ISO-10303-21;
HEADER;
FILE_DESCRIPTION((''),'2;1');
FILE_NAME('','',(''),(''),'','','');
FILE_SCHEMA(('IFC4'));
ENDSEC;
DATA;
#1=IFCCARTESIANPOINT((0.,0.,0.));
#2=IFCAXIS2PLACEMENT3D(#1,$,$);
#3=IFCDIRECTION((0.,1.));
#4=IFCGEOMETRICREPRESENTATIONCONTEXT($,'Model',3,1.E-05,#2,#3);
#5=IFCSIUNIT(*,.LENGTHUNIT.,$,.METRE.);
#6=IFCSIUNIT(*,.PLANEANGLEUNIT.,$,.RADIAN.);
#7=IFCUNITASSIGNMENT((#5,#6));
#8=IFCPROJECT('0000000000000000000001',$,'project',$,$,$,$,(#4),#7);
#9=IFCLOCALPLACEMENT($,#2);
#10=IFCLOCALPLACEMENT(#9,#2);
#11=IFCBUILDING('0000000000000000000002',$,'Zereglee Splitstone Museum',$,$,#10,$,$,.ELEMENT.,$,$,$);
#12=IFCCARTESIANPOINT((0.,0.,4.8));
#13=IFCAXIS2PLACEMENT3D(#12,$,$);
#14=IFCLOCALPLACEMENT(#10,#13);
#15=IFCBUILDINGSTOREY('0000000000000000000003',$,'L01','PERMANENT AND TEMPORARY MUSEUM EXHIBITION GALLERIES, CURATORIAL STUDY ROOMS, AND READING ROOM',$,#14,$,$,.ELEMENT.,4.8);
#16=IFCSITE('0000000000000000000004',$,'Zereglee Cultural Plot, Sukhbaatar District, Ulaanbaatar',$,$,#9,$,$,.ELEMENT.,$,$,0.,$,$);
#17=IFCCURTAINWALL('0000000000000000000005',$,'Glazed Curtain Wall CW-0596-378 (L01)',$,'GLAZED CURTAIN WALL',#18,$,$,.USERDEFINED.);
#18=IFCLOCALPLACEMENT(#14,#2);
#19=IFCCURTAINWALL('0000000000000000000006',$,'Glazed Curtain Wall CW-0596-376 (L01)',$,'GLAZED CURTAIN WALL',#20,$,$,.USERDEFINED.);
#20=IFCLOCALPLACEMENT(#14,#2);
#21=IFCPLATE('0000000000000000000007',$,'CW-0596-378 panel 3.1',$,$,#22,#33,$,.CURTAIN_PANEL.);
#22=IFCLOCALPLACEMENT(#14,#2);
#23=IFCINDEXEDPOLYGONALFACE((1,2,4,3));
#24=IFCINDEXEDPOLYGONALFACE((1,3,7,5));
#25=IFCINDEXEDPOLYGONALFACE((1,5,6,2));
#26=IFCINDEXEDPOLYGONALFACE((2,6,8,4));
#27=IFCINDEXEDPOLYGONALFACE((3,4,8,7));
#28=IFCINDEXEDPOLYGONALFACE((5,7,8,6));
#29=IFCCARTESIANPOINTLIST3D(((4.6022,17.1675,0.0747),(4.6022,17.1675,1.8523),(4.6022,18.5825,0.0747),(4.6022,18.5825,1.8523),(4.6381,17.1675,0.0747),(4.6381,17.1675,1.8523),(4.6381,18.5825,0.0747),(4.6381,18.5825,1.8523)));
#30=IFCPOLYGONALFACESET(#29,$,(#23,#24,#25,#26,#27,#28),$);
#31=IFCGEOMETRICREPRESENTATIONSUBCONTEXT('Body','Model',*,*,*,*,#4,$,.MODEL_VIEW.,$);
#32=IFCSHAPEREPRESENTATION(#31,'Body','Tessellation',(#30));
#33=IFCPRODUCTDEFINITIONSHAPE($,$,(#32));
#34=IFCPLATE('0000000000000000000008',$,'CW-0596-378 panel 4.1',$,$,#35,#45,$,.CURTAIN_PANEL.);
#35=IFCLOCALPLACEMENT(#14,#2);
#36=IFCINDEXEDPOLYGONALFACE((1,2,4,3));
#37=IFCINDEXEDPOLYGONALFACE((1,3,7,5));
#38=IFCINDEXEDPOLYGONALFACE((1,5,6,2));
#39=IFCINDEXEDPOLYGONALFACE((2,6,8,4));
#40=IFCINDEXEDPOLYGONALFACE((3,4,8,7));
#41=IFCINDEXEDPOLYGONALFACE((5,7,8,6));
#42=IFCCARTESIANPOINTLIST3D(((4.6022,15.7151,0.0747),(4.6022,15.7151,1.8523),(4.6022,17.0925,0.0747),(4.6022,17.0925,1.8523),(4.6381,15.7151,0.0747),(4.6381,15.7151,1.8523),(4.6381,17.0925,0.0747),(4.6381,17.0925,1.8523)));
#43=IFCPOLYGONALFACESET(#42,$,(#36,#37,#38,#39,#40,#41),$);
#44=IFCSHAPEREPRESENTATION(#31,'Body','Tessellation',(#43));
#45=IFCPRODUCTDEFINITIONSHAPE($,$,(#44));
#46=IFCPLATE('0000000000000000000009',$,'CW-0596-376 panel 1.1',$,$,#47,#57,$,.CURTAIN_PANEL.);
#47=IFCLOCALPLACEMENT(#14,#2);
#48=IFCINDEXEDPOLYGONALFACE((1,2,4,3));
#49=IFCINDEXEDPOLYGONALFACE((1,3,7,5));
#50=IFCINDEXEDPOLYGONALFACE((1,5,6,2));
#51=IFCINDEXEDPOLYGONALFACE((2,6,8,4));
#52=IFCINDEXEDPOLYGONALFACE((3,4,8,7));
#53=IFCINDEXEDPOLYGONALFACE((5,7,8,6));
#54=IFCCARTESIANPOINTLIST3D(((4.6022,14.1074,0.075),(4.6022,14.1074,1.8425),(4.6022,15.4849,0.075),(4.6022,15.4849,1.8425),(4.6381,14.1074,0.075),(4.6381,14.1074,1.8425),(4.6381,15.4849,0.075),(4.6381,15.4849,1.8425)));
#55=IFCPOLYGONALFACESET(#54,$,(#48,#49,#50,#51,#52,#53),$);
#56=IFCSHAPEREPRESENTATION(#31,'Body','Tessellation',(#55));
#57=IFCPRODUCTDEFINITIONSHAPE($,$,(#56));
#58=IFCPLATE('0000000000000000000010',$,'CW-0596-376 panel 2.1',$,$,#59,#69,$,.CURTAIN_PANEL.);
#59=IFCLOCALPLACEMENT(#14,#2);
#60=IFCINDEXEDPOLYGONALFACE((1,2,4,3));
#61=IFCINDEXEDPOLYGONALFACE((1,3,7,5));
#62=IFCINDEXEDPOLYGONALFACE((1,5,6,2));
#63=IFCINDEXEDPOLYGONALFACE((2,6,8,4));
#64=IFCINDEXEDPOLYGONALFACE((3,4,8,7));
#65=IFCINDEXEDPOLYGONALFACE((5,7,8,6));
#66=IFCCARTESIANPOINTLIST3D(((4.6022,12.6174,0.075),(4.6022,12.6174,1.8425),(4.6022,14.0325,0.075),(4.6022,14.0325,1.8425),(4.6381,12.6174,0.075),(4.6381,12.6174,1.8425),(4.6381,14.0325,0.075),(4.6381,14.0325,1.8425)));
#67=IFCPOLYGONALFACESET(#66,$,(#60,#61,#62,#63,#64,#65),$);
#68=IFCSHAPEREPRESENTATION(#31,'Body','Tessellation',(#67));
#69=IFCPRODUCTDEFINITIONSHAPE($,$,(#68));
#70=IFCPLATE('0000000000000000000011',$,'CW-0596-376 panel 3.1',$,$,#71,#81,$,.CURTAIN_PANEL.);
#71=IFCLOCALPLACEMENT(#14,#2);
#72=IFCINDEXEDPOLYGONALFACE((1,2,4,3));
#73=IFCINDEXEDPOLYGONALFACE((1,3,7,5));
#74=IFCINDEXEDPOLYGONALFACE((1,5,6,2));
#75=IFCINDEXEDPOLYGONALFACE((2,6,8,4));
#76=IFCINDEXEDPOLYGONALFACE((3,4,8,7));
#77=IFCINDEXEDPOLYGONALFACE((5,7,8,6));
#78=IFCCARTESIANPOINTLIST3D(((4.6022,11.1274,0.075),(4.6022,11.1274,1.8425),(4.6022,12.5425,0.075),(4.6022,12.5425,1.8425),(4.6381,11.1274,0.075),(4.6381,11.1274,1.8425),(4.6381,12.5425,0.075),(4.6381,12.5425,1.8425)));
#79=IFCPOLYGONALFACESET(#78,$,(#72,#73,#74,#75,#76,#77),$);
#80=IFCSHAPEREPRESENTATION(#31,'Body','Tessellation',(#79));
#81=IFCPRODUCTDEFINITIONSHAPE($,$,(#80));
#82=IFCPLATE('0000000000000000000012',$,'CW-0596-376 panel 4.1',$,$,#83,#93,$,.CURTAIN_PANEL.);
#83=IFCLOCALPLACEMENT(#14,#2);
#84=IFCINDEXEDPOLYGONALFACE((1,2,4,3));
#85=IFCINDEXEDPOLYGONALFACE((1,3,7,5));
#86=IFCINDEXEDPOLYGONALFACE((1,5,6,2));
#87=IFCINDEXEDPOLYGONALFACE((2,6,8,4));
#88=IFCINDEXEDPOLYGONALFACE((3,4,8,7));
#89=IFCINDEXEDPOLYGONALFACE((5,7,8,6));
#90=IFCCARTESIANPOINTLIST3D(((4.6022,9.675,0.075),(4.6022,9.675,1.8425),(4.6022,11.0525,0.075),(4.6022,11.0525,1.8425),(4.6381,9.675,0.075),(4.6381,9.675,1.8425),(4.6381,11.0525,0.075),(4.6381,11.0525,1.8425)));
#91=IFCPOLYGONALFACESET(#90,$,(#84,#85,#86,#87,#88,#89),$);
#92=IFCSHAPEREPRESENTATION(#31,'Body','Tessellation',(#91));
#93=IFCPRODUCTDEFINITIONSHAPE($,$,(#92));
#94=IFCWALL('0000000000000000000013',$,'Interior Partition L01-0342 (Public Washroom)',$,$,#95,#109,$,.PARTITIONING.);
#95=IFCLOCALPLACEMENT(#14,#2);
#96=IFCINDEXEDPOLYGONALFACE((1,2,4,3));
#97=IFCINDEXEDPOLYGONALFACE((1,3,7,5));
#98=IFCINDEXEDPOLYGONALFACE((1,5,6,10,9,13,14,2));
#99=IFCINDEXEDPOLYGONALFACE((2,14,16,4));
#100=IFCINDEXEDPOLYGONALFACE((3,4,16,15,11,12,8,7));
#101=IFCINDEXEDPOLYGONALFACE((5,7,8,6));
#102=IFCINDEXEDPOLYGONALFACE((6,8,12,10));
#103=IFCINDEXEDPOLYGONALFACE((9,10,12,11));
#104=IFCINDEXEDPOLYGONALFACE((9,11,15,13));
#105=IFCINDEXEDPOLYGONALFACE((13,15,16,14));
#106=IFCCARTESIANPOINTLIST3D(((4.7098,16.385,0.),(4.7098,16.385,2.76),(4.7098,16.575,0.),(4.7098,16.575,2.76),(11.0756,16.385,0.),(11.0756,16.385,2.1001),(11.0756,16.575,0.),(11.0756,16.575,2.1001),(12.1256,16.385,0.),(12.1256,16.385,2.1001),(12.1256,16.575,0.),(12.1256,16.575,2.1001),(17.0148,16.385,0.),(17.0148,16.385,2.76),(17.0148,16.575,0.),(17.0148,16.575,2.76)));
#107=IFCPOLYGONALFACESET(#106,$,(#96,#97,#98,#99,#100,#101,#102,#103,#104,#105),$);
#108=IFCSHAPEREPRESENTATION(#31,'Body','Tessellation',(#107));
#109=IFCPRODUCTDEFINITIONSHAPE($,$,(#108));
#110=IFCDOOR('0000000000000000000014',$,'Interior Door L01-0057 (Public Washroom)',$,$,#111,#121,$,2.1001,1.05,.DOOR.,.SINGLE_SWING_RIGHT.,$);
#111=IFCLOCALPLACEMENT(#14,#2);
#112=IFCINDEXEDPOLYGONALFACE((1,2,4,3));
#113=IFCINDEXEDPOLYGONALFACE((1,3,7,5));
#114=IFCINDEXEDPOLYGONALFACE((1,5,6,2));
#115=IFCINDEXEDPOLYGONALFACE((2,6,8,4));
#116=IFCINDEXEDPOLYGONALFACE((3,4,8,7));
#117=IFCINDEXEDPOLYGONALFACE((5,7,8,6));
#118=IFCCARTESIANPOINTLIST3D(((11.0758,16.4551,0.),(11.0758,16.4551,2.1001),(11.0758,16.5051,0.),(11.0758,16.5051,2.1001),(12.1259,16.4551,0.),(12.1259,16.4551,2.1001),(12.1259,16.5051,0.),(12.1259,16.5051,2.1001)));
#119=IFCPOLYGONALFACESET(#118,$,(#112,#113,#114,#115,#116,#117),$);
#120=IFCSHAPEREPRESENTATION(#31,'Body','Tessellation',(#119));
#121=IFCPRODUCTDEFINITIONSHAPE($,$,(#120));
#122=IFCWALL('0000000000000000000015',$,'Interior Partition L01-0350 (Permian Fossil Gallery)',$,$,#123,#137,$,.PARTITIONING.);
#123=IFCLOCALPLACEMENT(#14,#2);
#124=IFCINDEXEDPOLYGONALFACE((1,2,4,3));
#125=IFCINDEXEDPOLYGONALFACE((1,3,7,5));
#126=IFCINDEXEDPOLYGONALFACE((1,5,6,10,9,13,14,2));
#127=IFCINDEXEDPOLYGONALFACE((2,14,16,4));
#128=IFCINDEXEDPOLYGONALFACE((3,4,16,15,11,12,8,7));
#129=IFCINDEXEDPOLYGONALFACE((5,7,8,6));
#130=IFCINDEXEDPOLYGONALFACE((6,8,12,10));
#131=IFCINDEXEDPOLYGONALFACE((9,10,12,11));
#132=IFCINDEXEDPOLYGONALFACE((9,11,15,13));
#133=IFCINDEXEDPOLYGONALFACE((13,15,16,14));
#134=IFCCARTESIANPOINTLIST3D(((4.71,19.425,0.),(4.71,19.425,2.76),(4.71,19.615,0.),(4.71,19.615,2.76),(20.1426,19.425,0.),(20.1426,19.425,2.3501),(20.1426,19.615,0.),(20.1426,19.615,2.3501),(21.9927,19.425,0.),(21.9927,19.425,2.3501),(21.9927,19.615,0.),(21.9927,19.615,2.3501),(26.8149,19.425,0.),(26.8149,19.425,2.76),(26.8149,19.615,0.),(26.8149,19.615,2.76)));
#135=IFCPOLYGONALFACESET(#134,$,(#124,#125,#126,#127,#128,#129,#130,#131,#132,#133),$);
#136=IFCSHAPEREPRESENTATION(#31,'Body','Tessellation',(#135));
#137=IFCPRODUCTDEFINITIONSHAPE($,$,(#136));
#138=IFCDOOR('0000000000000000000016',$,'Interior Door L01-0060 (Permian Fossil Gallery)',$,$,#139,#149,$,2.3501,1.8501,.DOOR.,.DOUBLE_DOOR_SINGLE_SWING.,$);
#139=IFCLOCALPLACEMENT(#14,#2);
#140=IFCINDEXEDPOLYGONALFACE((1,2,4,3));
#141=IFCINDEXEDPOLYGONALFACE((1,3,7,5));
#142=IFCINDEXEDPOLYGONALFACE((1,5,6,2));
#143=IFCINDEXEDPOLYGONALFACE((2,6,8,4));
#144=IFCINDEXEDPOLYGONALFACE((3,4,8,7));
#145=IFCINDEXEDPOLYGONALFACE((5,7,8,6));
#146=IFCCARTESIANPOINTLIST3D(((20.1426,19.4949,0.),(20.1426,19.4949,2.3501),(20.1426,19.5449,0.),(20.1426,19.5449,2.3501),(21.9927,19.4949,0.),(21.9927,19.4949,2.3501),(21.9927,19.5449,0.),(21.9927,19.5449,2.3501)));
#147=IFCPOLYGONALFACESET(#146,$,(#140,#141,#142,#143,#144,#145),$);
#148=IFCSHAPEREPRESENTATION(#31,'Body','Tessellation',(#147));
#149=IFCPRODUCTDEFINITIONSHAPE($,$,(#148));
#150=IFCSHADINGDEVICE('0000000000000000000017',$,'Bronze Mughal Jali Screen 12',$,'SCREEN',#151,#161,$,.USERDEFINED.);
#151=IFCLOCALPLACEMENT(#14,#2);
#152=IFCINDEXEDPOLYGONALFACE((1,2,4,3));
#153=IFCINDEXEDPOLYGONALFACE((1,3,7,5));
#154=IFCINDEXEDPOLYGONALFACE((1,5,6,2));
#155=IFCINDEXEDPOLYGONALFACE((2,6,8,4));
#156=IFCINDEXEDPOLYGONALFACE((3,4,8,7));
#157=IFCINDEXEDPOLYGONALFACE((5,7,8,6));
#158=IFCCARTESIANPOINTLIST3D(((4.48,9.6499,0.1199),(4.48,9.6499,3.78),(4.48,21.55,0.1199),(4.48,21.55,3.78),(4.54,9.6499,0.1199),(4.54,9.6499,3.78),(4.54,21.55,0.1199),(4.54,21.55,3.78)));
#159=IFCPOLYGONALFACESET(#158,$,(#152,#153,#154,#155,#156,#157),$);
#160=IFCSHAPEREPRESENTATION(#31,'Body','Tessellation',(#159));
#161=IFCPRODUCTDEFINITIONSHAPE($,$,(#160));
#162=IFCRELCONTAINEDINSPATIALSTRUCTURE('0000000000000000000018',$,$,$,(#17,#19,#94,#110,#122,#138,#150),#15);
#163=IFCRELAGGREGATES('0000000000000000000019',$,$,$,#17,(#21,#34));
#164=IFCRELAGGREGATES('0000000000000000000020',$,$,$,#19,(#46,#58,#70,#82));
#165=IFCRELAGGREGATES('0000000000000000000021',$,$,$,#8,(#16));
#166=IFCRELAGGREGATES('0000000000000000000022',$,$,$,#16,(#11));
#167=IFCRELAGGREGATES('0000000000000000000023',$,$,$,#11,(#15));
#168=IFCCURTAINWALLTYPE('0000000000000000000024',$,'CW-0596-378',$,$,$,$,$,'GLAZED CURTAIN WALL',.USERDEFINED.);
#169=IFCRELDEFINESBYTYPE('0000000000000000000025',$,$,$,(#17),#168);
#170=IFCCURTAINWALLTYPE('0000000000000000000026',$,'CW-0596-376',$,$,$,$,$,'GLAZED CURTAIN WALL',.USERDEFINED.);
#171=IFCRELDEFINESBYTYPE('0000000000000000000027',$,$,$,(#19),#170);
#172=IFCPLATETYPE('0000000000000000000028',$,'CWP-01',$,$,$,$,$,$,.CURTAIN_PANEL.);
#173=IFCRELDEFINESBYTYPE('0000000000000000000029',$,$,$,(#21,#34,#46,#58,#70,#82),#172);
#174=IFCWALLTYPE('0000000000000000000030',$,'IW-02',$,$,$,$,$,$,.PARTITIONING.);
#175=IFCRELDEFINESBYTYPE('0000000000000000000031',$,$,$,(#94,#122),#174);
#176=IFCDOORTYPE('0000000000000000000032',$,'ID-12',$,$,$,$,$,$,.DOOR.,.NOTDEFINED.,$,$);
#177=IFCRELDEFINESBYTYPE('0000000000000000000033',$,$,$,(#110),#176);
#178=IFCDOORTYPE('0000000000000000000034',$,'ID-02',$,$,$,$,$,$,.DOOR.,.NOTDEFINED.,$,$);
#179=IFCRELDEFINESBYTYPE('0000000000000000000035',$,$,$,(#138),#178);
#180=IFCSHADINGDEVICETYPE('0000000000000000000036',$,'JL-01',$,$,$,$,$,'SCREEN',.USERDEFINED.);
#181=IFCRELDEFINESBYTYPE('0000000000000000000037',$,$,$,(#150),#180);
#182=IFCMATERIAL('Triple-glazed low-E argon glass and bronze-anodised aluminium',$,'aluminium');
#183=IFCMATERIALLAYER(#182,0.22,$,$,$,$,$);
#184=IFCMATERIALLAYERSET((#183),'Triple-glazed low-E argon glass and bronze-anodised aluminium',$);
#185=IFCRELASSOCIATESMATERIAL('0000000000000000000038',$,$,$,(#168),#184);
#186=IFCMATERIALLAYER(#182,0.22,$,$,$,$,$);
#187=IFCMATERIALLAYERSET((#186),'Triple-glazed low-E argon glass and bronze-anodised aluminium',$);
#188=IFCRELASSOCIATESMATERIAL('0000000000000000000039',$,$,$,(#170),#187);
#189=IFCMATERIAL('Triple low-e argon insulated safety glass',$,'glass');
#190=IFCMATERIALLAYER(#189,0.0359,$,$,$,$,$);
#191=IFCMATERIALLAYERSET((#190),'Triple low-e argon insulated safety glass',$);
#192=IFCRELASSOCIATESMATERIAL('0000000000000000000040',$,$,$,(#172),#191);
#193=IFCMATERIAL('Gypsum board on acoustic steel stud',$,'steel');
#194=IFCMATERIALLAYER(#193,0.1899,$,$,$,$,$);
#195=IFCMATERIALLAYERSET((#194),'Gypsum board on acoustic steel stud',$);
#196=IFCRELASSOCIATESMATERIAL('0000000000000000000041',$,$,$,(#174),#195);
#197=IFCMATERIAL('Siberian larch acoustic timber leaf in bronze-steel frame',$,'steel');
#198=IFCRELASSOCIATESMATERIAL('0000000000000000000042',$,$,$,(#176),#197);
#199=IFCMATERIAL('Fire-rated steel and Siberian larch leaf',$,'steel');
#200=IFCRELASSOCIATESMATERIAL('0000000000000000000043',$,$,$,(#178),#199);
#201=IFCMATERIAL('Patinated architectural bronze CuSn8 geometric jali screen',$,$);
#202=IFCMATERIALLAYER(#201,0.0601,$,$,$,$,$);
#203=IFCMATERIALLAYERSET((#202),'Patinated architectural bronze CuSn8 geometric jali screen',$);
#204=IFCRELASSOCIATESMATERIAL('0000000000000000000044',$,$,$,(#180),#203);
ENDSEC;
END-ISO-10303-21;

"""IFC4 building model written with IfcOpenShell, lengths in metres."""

from ifc_helpers import new_model, si_unit, direction, frame, frame_2d, origin, origin_2d, place, context, subcontext, project, spatial, polyline, rectangle, outline, extrude, material, layer, layer_set, type_object, element, fill, aggregate, save


model = new_model("IFC4")

# Units and contexts
model_context = context("Model", 3, precision=1e-05, world=origin(), true_north=direction((0.0, 1.0)))
body_context = subcontext(model_context, "Body", "Model", "MODEL_VIEW")
ifc_project = project(units=[si_unit("LENGTHUNIT", "METRE"), si_unit("PLANEANGLEUNIT", "RADIAN")], contexts=[model_context])

# Site, building, storey
site_placement = place(None, origin())
site = spatial("IfcSite", under=ifc_project, at=site_placement, Name="Zereglee Cultural Plot, Sukhbaatar District, Ulaanbaatar", CompositionType="ELEMENT", RefElevation=0.0)
building_placement = place(site_placement, origin())
building = spatial("IfcBuilding", under=site, at=building_placement, Name="Zereglee Splitstone Museum", CompositionType="ELEMENT")
storey_placement = place(building_placement, frame((0.0, 0.0, 4.8)))
storey = spatial("IfcBuildingStorey", under=building, at=storey_placement, Name="L01", Description="PERMANENT AND TEMPORARY MUSEUM EXHIBITION GALLERIES, CURATORIAL STUDY ROOMS, AND READING ROOM", CompositionType="ELEMENT", Elevation=4.8)

# Curtain walls
ifc_material_1 = material(Name="Triple-glazed low-E argon glass and bronze-anodised aluminium", Category="aluminium")
ifc_layer_1 = layer(ifc_material_1, 0.22)
ifc_layer_set_1 = layer_set([ifc_layer_1], Name="Triple-glazed low-E argon glass and bronze-anodised aluminium")
curtain_wall_type_1 = type_object("IfcCurtainWallType", Name="CW-0596-378", ElementType="GLAZED CURTAIN WALL", PredefinedType="USERDEFINED", material=ifc_layer_set_1)
curtain_wall_1_placement = place(storey_placement, origin())
curtain_wall_1 = element("IfcCurtainWall", 1, at=curtain_wall_1_placement, inside=storey, type_object=curtain_wall_type_1, Name="Glazed Curtain Wall CW-0596-378 (L01)", ObjectType="GLAZED CURTAIN WALL", PredefinedType="USERDEFINED")
ifc_layer_2 = layer(ifc_material_1, 0.22)
ifc_layer_set_2 = layer_set([ifc_layer_2], Name="Triple-glazed low-E argon glass and bronze-anodised aluminium")
curtain_wall_type_2 = type_object("IfcCurtainWallType", Name="CW-0596-376", ElementType="GLAZED CURTAIN WALL", PredefinedType="USERDEFINED", material=ifc_layer_set_2)
curtain_wall_2_placement = place(storey_placement, origin())
curtain_wall_2 = element("IfcCurtainWall", 2, at=curtain_wall_2_placement, inside=storey, type_object=curtain_wall_type_2, Name="Glazed Curtain Wall CW-0596-376 (L01)", ObjectType="GLAZED CURTAIN WALL", PredefinedType="USERDEFINED")

# Plates
ifc_material_2 = material(Name="Triple low-e argon insulated safety glass", Category="glass")
ifc_layer_3 = layer(ifc_material_2, 0.0359)
ifc_layer_set_3 = layer_set([ifc_layer_3], Name="Triple low-e argon insulated safety glass")
plate_type = type_object("IfcPlateType", Name="CWP-01", PredefinedType="CURTAIN_PANEL", material=ifc_layer_set_3)
plate_1_placement = place(storey_placement, frame((4.6201, 17.875, 0.0747), z_axis=(0.0, 0.0, 1.0), x_axis=(0.0, -1.0, 0.0)))
plate_1 = element("IfcPlate", 3, at=plate_1_placement, type_object=plate_type, Name="CW-0596-378 panel 3.1", PredefinedType="CURTAIN_PANEL", context=body_context, shape_type="SweptSolid", body=[
    extrude(rectangle(XDim=1.415, YDim=0.0359, at=origin_2d()), origin(), (0.0, 0.0, 1.0), 1.7776),
])
plate_2_placement = place(storey_placement, frame((4.6201, 16.4038, 0.0747), z_axis=(0.0, 0.0, 1.0), x_axis=(0.0, -1.0, 0.0)))
plate_2 = element("IfcPlate", 4, at=plate_2_placement, type_object=plate_type, Name="CW-0596-378 panel 4.1", PredefinedType="CURTAIN_PANEL", context=body_context, shape_type="SweptSolid", body=[
    extrude(rectangle(XDim=1.3774, YDim=0.0359, at=origin_2d()), origin(), (0.0, 0.0, 1.0), 1.7776),
])
aggregate(curtain_wall_1, [plate_1, plate_2])
plate_3_placement = place(storey_placement, frame((4.6201, 14.7961, 0.075), z_axis=(0.0, 0.0, 1.0), x_axis=(0.0, -1.0, 0.0)))
plate_3 = element("IfcPlate", 5, at=plate_3_placement, type_object=plate_type, Name="CW-0596-376 panel 1.1", PredefinedType="CURTAIN_PANEL", context=body_context, shape_type="SweptSolid", body=[
    extrude(rectangle(XDim=1.3774, YDim=0.0359, at=origin_2d()), origin(), (0.0, 0.0, 1.0), 1.7676),
])
plate_4_placement = place(storey_placement, frame((4.6201, 13.325, 0.075), z_axis=(0.0, 0.0, 1.0), x_axis=(0.0, -1.0, 0.0)))
plate_4 = element("IfcPlate", 6, at=plate_4_placement, type_object=plate_type, Name="CW-0596-376 panel 2.1", PredefinedType="CURTAIN_PANEL", context=body_context, shape_type="SweptSolid", body=[
    extrude(rectangle(XDim=1.415, YDim=0.0359, at=origin_2d()), origin(), (0.0, 0.0, 1.0), 1.7676),
])
plate_5_placement = place(storey_placement, frame((4.6201, 11.835, 0.075), z_axis=(0.0, 0.0, 1.0), x_axis=(0.0, -1.0, 0.0)))
plate_5 = element("IfcPlate", 7, at=plate_5_placement, type_object=plate_type, Name="CW-0596-376 panel 3.1", PredefinedType="CURTAIN_PANEL", context=body_context, shape_type="SweptSolid", body=[
    extrude(rectangle(XDim=1.415, YDim=0.0359, at=origin_2d()), origin(), (0.0, 0.0, 1.0), 1.7676),
])
plate_6_placement = place(storey_placement, frame((4.6201, 10.3638, 0.075), z_axis=(0.0, 0.0, 1.0), x_axis=(0.0, -1.0, 0.0)))
plate_6 = element("IfcPlate", 8, at=plate_6_placement, type_object=plate_type, Name="CW-0596-376 panel 4.1", PredefinedType="CURTAIN_PANEL", context=body_context, shape_type="SweptSolid", body=[
    extrude(rectangle(XDim=1.3774, YDim=0.0359, at=origin_2d()), origin(), (0.0, 0.0, 1.0), 1.7676),
])
aggregate(curtain_wall_2, [plate_3, plate_4, plate_5, plate_6])

# Walls, openings, doors
ifc_material_3 = material(Name="Gypsum board on acoustic steel stud", Category="steel")
ifc_layer_4 = layer(ifc_material_3, 0.1899)
ifc_layer_set_4 = layer_set([ifc_layer_4], Name="Gypsum board on acoustic steel stud")
wall_type = type_object("IfcWallType", Name="IW-02", PredefinedType="PARTITIONING", material=ifc_layer_set_4)
wall_1_placement = place(storey_placement, frame((4.71, 16.48, 0.0), z_axis=(0.0, 0.0, 1.0), x_axis=(1.0, 0.0, 0.0)))
wall_1 = element("IfcWall", 9, at=wall_1_placement, inside=storey, type_object=wall_type, Name="Interior Partition L01-0342 (Public Washroom)", PredefinedType="PARTITIONING", context=body_context, shape_type="SweptSolid", body=[
    extrude(rectangle(XDim=12.3049, YDim=0.1899, at=frame_2d((6.1523, 0.0))), origin(), (0.0, 0.0, 1.0), 2.76),
])
opening_1_placement = place(wall_1_placement, frame((6.3657, 0.0, 0.0)))
opening_1 = element("IfcOpeningElement", 10, at=opening_1_placement, cuts=wall_1, PredefinedType="OPENING", context=body_context, shape_type="SweptSolid", body=[
    extrude(rectangle(XDim=1.05, YDim=2.1001, at=frame_2d((0.5249, 1.05))), frame((0.0, 0.1099, 0.0), z_axis=(0.0, -1.0, 0.0), x_axis=(1.0, 0.0, 0.0)), (0.0, 0.0, 1.0), 0.2197),
])
ifc_material_4 = material(Name="Siberian larch acoustic timber leaf in bronze-steel frame", Category="steel")
door_type_1 = type_object("IfcDoorType", Name="ID-12", OperationType="NOTDEFINED", PredefinedType="DOOR", material=ifc_material_4)
door_1_placement = place(opening_1_placement, frame((1.05, 0.0, 0.0), z_axis=(0.0, 0.0, 1.0), x_axis=(-1.0, 0.0, 0.0)))
door_1 = element("IfcDoor", 11, at=door_1_placement, inside=storey, type_object=door_type_1, Name="Interior Door L01-0057 (Public Washroom)", OperationType="SINGLE_SWING_RIGHT", OverallHeight=2.1001, OverallWidth=1.05, PredefinedType="DOOR", context=body_context, shape_type="SweptSolid", body=[
    extrude(rectangle(XDim=1.05, YDim=2.1001, at=frame_2d((0.5249, 1.05))), frame((0.0, 0.0249, 0.0), z_axis=(0.0, -1.0, 0.0), x_axis=(1.0, 0.0, 0.0)), (0.0, 0.0, 1.0), 0.05),
])
fill(opening_1, door_1)
wall_2_placement = place(storey_placement, frame((4.71, 19.52, 0.0), z_axis=(0.0, 0.0, 1.0), x_axis=(1.0, 0.0, 0.0)))
wall_2 = element("IfcWall", 12, at=wall_2_placement, inside=storey, type_object=wall_type, Name="Interior Partition L01-0350 (Permian Fossil Gallery)", PredefinedType="PARTITIONING", context=body_context, shape_type="SweptSolid", body=[
    extrude(rectangle(XDim=22.105, YDim=0.1899, at=frame_2d((11.0525, 0.0))), origin(), (0.0, 0.0, 1.0), 2.76),
])
opening_2_placement = place(wall_2_placement, frame((15.4326, 0.0, 0.0)))
opening_2 = element("IfcOpeningElement", 13, at=opening_2_placement, cuts=wall_2, PredefinedType="OPENING", context=body_context, shape_type="SweptSolid", body=[
    extrude(rectangle(XDim=1.8501, YDim=2.3501, at=frame_2d((0.925, 1.175))), frame((0.0, 0.1099, 0.0), z_axis=(0.0, -1.0, 0.0), x_axis=(1.0, 0.0, 0.0)), (0.0, 0.0, 1.0), 0.2197),
])
ifc_material_5 = material(Name="Fire-rated steel and Siberian larch leaf", Category="steel")
door_type_2 = type_object("IfcDoorType", Name="ID-02", OperationType="NOTDEFINED", PredefinedType="DOOR", material=ifc_material_5)
door_2_placement = place(opening_2_placement, origin())
door_2 = element("IfcDoor", 14, at=door_2_placement, inside=storey, type_object=door_type_2, Name="Interior Door L01-0060 (Permian Fossil Gallery)", OperationType="DOUBLE_DOOR_SINGLE_SWING", OverallHeight=2.3501, OverallWidth=1.8501, PredefinedType="DOOR", context=body_context, shape_type="SweptSolid", body=[
    extrude(rectangle(XDim=1.8501, YDim=2.3501, at=frame_2d((0.925, 1.175))), frame((0.0, 0.0249, 0.0), z_axis=(0.0, -1.0, 0.0), x_axis=(1.0, 0.0, 0.0)), (0.0, 0.0, 1.0), 0.05),
])
fill(opening_2, door_2)

# Shading device
ifc_material_6 = material(Name="Patinated architectural bronze CuSn8 geometric jali screen")
ifc_layer_5 = layer(ifc_material_6, 0.0601)
ifc_layer_set_5 = layer_set([ifc_layer_5], Name="Patinated architectural bronze CuSn8 geometric jali screen")
shading_device_type = type_object("IfcShadingDeviceType", Name="JL-01", ElementType="SCREEN", PredefinedType="USERDEFINED", material=ifc_layer_set_5)
shading_device_placement = place(storey_placement, frame((4.54, 21.55, 0.1199), z_axis=(-1.0, 0.0, 0.0), x_axis=(0.0, -1.0, 0.0)))
element("IfcShadingDevice", 15, at=shading_device_placement, inside=storey, type_object=shading_device_type, Name="Bronze Mughal Jali Screen 12", ObjectType="SCREEN", PredefinedType="USERDEFINED", context=body_context, shape_type="SweptSolid", body=[
    extrude(outline(polyline([(0.0, 0.0), (11.9001, 0.0), (11.9001, 3.6602), (0.0, 3.6602), (0.0, 0.0)])), origin(), (0.0, 0.0, 1.0), 0.0601),
])

save(model, "model.ifc")
